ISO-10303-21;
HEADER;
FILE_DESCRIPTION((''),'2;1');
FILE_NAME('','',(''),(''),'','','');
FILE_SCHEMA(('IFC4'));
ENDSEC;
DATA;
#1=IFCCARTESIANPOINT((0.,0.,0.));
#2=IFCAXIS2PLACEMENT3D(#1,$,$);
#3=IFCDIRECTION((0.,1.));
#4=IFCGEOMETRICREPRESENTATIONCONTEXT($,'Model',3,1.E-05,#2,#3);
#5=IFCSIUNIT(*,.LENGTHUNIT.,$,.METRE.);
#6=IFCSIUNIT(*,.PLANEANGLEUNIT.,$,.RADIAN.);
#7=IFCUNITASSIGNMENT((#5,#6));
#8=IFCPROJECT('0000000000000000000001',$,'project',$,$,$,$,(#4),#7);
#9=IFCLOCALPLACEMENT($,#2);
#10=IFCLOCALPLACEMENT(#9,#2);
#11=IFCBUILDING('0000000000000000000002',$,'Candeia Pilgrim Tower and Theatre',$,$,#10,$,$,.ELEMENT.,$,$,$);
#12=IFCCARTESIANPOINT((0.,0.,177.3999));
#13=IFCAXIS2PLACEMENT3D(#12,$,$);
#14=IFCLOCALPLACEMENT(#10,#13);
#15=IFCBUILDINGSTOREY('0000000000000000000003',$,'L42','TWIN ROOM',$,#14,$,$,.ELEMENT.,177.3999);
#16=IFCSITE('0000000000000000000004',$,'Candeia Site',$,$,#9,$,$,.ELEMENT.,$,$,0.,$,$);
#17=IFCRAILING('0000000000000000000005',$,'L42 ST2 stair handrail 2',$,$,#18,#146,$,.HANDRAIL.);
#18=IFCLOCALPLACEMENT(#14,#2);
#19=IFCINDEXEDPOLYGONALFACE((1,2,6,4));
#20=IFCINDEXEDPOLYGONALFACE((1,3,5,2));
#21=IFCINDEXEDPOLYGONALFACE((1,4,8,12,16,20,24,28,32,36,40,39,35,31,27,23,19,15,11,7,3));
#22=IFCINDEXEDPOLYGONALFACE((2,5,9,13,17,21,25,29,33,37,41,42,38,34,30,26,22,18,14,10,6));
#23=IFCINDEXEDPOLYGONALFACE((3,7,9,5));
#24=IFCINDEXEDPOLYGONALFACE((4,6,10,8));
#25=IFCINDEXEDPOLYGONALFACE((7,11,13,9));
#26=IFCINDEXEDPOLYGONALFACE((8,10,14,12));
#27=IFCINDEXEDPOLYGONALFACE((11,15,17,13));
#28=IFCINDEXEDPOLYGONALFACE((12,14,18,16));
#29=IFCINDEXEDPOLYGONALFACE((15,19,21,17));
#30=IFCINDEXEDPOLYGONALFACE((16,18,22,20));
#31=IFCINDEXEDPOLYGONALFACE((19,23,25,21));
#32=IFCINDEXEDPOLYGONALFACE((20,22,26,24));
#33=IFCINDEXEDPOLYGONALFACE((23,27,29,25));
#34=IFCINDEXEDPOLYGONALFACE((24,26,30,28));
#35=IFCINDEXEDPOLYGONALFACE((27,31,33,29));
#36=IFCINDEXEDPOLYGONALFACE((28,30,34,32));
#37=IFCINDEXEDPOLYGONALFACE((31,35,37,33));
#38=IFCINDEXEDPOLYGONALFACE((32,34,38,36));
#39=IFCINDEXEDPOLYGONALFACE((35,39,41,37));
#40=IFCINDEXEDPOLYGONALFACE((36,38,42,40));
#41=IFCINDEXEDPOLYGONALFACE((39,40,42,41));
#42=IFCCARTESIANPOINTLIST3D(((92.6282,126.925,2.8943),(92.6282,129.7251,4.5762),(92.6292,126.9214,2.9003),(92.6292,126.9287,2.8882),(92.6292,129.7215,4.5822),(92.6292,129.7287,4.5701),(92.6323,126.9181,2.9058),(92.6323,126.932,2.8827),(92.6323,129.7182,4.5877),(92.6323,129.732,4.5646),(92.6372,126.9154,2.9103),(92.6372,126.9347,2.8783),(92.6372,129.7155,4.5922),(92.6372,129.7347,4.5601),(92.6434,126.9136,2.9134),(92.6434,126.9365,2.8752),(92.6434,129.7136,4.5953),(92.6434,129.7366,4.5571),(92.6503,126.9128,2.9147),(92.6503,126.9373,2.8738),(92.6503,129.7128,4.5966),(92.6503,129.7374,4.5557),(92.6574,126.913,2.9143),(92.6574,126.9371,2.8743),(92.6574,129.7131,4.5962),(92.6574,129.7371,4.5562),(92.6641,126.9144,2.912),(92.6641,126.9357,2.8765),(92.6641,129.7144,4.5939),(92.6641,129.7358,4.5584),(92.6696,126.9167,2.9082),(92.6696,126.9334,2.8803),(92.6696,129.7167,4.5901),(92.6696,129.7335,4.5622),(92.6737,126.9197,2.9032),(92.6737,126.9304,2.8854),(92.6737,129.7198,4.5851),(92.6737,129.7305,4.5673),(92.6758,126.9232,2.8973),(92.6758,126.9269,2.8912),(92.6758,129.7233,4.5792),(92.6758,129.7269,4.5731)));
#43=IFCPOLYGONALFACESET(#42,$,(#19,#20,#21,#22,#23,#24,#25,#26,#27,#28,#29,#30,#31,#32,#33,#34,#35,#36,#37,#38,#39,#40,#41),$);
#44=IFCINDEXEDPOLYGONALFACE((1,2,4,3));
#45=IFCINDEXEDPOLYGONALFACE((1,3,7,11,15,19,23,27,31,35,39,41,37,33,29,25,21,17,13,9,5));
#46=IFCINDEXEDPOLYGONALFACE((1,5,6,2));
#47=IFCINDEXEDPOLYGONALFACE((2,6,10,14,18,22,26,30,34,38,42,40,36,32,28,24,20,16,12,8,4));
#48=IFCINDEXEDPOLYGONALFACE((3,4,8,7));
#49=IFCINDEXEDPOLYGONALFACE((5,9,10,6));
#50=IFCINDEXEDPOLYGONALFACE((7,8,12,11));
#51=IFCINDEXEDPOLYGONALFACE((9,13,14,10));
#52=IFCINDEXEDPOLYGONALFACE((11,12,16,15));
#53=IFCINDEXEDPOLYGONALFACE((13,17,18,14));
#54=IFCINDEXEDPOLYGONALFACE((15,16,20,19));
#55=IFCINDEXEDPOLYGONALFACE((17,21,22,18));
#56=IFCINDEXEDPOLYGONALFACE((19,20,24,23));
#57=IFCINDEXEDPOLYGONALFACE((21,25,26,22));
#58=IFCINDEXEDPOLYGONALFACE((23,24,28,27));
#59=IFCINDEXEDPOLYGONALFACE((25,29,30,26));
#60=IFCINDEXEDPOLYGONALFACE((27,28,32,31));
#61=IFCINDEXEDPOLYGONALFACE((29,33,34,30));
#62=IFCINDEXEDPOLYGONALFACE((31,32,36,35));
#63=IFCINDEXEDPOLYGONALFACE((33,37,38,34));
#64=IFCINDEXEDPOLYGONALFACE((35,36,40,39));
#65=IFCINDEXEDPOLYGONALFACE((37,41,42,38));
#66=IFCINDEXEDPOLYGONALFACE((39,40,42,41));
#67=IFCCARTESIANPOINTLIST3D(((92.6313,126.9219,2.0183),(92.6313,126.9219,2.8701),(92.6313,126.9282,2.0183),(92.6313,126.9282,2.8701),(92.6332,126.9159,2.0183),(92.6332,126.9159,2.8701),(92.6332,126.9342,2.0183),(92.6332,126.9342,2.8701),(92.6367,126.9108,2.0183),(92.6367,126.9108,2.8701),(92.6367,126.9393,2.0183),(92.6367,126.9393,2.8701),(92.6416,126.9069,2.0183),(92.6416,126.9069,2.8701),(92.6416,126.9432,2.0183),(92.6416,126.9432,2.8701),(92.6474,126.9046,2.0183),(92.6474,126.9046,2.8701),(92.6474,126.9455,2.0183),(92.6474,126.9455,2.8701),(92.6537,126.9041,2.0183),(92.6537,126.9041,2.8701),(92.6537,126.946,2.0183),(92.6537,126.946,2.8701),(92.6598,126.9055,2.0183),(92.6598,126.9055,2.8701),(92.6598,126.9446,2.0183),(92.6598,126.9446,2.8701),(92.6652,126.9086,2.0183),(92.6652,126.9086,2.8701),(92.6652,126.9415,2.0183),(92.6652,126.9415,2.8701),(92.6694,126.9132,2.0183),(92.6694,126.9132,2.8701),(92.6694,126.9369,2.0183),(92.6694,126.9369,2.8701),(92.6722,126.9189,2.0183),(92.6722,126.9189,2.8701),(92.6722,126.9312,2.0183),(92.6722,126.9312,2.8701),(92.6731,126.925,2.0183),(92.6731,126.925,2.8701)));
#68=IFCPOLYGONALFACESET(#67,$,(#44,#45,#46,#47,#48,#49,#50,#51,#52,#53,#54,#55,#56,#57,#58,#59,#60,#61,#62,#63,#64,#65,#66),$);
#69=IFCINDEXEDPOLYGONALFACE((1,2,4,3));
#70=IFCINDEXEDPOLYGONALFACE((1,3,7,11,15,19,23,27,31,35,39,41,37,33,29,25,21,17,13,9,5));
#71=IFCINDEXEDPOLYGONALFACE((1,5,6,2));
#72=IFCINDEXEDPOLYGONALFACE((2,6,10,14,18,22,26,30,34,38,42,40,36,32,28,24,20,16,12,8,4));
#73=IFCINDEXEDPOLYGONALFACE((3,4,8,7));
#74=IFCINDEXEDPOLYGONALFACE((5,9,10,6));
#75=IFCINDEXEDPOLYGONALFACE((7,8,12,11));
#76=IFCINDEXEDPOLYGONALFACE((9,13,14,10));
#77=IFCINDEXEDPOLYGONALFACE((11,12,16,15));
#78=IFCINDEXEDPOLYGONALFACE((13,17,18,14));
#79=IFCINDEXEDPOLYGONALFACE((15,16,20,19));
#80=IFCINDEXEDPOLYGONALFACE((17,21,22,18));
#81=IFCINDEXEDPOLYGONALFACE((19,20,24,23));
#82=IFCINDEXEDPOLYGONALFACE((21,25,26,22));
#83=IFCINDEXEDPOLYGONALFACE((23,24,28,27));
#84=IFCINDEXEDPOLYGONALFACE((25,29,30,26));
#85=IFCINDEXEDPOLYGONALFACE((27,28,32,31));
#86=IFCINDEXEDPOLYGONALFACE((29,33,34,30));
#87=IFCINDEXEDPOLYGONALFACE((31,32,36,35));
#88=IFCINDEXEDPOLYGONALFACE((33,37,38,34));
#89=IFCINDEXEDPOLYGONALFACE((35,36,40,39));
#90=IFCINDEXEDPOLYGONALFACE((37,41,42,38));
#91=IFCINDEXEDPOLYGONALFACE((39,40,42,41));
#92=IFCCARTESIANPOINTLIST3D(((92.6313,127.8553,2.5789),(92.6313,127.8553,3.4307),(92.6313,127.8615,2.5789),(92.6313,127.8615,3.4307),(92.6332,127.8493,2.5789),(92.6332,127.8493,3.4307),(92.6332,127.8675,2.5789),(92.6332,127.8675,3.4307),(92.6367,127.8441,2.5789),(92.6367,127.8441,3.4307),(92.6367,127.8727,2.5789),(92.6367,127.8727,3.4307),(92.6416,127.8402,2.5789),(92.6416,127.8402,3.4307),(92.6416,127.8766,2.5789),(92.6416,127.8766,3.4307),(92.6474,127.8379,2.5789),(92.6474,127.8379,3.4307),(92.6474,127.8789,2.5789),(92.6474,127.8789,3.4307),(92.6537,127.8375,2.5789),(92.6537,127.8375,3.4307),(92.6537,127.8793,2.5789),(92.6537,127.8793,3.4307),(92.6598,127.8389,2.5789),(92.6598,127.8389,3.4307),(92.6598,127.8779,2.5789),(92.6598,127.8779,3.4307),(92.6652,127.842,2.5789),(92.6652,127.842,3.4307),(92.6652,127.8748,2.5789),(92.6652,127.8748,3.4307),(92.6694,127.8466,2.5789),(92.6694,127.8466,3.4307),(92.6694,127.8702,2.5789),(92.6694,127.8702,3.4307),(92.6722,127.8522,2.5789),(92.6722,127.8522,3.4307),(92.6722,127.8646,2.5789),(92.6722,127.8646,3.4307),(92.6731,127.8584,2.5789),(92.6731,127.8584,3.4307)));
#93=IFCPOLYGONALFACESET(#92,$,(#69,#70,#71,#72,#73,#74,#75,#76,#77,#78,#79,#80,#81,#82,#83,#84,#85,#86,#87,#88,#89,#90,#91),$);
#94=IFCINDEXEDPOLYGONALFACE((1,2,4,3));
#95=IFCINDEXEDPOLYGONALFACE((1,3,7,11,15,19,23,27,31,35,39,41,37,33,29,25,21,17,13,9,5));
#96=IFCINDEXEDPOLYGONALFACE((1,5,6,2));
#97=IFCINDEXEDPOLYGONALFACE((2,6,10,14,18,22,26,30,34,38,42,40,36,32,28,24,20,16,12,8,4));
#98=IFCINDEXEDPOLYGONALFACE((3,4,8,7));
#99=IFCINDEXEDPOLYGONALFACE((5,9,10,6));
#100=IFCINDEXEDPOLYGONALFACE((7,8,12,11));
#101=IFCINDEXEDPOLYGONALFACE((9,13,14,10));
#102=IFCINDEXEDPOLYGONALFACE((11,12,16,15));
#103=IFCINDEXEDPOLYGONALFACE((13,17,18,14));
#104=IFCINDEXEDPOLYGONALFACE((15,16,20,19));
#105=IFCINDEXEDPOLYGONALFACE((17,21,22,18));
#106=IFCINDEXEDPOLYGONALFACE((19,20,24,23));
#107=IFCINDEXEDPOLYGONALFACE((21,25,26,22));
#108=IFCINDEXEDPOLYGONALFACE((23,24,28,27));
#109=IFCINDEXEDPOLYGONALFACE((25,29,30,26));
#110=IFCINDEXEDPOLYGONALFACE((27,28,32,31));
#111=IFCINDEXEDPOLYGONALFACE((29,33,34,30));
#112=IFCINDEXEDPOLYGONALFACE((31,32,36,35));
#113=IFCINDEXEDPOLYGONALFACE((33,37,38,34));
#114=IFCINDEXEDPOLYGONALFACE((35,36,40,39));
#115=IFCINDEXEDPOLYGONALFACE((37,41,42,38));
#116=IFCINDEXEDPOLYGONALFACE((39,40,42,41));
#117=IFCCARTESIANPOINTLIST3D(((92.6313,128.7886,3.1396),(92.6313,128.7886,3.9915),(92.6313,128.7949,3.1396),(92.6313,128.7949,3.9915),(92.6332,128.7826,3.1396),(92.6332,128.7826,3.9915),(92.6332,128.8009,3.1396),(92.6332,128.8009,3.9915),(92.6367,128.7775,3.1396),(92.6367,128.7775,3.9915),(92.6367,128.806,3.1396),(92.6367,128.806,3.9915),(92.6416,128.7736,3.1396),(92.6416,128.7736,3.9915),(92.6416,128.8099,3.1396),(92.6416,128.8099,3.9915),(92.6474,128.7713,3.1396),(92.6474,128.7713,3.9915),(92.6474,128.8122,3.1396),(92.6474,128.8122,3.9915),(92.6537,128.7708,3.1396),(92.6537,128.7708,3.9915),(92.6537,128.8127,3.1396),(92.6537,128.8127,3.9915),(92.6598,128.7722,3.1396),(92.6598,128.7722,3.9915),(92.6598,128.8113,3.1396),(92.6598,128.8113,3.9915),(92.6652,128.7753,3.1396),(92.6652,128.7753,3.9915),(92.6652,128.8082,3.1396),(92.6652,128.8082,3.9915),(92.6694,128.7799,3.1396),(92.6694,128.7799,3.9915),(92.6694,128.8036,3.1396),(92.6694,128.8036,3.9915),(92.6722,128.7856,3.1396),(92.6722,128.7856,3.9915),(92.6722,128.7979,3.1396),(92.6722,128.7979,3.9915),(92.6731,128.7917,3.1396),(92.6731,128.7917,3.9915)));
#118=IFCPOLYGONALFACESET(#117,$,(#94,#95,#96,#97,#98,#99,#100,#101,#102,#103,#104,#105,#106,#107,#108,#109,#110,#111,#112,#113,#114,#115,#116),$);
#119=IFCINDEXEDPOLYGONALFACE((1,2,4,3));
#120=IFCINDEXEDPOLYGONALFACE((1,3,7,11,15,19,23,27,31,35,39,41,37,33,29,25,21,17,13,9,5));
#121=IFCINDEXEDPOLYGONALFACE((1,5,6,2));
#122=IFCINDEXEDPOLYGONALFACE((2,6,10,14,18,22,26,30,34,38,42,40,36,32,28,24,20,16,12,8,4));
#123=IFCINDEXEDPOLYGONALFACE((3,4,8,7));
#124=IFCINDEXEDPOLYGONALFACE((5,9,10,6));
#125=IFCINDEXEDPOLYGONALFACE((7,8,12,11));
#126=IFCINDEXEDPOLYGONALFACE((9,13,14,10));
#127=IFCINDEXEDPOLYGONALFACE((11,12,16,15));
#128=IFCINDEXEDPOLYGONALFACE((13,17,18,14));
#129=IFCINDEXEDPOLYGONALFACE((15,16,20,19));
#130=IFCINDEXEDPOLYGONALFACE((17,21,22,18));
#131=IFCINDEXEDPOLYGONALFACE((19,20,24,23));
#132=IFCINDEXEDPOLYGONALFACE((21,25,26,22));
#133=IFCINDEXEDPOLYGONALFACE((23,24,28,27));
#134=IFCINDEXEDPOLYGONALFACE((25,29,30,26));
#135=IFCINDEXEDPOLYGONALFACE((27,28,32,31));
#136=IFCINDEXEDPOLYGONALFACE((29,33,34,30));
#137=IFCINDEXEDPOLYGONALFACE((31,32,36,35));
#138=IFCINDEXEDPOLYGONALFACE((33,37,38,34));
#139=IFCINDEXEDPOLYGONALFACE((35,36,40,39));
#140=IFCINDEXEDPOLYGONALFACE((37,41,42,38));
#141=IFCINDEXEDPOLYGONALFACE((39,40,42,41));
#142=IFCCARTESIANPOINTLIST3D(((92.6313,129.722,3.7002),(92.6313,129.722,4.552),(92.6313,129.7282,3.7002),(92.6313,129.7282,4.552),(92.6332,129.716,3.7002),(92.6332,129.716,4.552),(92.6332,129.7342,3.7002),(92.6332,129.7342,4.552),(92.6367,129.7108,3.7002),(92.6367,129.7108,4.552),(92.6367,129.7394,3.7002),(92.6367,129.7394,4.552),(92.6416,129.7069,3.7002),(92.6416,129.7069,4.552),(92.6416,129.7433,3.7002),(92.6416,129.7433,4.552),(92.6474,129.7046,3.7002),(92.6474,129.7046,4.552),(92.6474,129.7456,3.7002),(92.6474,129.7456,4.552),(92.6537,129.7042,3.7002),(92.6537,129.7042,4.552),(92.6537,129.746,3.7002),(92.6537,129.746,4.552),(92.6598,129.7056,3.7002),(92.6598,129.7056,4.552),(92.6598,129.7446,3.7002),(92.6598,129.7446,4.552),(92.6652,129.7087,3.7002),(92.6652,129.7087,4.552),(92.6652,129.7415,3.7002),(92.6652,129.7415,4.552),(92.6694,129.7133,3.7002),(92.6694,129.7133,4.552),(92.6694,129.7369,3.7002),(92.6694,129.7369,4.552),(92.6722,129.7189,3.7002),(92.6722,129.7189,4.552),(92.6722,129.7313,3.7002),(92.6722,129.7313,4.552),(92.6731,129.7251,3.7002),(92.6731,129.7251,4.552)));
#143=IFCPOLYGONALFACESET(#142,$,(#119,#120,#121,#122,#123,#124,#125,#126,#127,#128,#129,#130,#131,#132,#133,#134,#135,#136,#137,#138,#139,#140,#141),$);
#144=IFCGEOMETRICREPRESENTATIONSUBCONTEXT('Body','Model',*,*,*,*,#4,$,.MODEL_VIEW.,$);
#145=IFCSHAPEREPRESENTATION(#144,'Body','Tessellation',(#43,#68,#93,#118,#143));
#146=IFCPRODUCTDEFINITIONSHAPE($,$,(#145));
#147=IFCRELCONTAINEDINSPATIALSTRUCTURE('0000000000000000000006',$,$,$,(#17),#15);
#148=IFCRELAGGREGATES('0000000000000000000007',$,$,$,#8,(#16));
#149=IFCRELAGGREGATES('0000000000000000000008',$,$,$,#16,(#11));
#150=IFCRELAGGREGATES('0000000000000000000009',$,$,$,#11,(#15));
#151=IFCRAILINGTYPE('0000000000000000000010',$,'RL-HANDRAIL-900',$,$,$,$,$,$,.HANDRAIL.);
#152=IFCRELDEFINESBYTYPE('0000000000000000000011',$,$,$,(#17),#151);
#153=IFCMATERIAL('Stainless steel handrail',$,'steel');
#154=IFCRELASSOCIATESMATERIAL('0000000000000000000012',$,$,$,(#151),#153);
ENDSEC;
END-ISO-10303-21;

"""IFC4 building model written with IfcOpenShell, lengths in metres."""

from ifc_helpers import new_model, si_unit, direction, frame, origin, origin_2d, place, context, subcontext, project, spatial, circle, extrude, material, type_object, element, save


model = new_model("IFC4")

# Units and contexts
model_context = context("Model", 3, precision=1e-05, world=origin(), true_north=direction((0.0, 1.0)))
body_context = subcontext(model_context, "Body", "Model", "MODEL_VIEW")
ifc_project = project(units=[si_unit("LENGTHUNIT", "METRE"), si_unit("PLANEANGLEUNIT", "RADIAN")], contexts=[model_context])

# Site, building, storey
site_placement = place(None, origin())
site = spatial("IfcSite", under=ifc_project, at=site_placement, Name="Candeia Site", CompositionType="ELEMENT", RefElevation=0.0)
building_placement = place(site_placement, origin())
building = spatial("IfcBuilding", under=site, at=building_placement, Name="Candeia Pilgrim Tower and Theatre", CompositionType="ELEMENT")
storey_placement = place(building_placement, frame((0.0, 0.0, 177.3999)))
storey = spatial("IfcBuildingStorey", under=building, at=storey_placement, Name="L42", Description="TWIN ROOM", CompositionType="ELEMENT", Elevation=177.3999)

# Railing
ifc_material_1 = material(Name="Stainless steel handrail", Category="steel")
railing_type_1 = type_object("IfcRailingType", Name="RL-HANDRAIL-900", PredefinedType="HANDRAIL", material=ifc_material_1)
railing_1_placement = place(storey_placement, frame((92.6521, 126.925, 2.0183)))
element("IfcRailing", 1, at=railing_1_placement, inside=storey, type_object=railing_type_1, Name="L42 ST2 stair handrail 2", PredefinedType="HANDRAIL", context=body_context, shape_type="SweptSolid", body=[
    extrude(circle(Radius=0.0239, at=origin_2d()), frame((0.0, 0.0, 0.876), z_axis=(0.0, 0.857242, 0.514913), x_axis=(-1.0, 0.0, 0.0)), (0.0, 0.0, 1.0), 3.2664),
    extrude(circle(Radius=0.021, at=origin_2d()), origin(), (0.0, 0.0, 1.0), 0.8518),
    extrude(circle(Radius=0.021, at=origin_2d()), frame((0.0, 0.9333, 0.5605)), (0.0, 0.0, 1.0), 0.8518),
    extrude(circle(Radius=0.021, at=origin_2d()), frame((0.0, 1.8667, 1.1213)), (0.0, 0.0, 1.0), 0.8518),
    extrude(circle(Radius=0.021, at=origin_2d()), frame((0.0, 2.8, 1.6819)), (0.0, 0.0, 1.0), 0.8518),
])

save(model, "model.ifc")
